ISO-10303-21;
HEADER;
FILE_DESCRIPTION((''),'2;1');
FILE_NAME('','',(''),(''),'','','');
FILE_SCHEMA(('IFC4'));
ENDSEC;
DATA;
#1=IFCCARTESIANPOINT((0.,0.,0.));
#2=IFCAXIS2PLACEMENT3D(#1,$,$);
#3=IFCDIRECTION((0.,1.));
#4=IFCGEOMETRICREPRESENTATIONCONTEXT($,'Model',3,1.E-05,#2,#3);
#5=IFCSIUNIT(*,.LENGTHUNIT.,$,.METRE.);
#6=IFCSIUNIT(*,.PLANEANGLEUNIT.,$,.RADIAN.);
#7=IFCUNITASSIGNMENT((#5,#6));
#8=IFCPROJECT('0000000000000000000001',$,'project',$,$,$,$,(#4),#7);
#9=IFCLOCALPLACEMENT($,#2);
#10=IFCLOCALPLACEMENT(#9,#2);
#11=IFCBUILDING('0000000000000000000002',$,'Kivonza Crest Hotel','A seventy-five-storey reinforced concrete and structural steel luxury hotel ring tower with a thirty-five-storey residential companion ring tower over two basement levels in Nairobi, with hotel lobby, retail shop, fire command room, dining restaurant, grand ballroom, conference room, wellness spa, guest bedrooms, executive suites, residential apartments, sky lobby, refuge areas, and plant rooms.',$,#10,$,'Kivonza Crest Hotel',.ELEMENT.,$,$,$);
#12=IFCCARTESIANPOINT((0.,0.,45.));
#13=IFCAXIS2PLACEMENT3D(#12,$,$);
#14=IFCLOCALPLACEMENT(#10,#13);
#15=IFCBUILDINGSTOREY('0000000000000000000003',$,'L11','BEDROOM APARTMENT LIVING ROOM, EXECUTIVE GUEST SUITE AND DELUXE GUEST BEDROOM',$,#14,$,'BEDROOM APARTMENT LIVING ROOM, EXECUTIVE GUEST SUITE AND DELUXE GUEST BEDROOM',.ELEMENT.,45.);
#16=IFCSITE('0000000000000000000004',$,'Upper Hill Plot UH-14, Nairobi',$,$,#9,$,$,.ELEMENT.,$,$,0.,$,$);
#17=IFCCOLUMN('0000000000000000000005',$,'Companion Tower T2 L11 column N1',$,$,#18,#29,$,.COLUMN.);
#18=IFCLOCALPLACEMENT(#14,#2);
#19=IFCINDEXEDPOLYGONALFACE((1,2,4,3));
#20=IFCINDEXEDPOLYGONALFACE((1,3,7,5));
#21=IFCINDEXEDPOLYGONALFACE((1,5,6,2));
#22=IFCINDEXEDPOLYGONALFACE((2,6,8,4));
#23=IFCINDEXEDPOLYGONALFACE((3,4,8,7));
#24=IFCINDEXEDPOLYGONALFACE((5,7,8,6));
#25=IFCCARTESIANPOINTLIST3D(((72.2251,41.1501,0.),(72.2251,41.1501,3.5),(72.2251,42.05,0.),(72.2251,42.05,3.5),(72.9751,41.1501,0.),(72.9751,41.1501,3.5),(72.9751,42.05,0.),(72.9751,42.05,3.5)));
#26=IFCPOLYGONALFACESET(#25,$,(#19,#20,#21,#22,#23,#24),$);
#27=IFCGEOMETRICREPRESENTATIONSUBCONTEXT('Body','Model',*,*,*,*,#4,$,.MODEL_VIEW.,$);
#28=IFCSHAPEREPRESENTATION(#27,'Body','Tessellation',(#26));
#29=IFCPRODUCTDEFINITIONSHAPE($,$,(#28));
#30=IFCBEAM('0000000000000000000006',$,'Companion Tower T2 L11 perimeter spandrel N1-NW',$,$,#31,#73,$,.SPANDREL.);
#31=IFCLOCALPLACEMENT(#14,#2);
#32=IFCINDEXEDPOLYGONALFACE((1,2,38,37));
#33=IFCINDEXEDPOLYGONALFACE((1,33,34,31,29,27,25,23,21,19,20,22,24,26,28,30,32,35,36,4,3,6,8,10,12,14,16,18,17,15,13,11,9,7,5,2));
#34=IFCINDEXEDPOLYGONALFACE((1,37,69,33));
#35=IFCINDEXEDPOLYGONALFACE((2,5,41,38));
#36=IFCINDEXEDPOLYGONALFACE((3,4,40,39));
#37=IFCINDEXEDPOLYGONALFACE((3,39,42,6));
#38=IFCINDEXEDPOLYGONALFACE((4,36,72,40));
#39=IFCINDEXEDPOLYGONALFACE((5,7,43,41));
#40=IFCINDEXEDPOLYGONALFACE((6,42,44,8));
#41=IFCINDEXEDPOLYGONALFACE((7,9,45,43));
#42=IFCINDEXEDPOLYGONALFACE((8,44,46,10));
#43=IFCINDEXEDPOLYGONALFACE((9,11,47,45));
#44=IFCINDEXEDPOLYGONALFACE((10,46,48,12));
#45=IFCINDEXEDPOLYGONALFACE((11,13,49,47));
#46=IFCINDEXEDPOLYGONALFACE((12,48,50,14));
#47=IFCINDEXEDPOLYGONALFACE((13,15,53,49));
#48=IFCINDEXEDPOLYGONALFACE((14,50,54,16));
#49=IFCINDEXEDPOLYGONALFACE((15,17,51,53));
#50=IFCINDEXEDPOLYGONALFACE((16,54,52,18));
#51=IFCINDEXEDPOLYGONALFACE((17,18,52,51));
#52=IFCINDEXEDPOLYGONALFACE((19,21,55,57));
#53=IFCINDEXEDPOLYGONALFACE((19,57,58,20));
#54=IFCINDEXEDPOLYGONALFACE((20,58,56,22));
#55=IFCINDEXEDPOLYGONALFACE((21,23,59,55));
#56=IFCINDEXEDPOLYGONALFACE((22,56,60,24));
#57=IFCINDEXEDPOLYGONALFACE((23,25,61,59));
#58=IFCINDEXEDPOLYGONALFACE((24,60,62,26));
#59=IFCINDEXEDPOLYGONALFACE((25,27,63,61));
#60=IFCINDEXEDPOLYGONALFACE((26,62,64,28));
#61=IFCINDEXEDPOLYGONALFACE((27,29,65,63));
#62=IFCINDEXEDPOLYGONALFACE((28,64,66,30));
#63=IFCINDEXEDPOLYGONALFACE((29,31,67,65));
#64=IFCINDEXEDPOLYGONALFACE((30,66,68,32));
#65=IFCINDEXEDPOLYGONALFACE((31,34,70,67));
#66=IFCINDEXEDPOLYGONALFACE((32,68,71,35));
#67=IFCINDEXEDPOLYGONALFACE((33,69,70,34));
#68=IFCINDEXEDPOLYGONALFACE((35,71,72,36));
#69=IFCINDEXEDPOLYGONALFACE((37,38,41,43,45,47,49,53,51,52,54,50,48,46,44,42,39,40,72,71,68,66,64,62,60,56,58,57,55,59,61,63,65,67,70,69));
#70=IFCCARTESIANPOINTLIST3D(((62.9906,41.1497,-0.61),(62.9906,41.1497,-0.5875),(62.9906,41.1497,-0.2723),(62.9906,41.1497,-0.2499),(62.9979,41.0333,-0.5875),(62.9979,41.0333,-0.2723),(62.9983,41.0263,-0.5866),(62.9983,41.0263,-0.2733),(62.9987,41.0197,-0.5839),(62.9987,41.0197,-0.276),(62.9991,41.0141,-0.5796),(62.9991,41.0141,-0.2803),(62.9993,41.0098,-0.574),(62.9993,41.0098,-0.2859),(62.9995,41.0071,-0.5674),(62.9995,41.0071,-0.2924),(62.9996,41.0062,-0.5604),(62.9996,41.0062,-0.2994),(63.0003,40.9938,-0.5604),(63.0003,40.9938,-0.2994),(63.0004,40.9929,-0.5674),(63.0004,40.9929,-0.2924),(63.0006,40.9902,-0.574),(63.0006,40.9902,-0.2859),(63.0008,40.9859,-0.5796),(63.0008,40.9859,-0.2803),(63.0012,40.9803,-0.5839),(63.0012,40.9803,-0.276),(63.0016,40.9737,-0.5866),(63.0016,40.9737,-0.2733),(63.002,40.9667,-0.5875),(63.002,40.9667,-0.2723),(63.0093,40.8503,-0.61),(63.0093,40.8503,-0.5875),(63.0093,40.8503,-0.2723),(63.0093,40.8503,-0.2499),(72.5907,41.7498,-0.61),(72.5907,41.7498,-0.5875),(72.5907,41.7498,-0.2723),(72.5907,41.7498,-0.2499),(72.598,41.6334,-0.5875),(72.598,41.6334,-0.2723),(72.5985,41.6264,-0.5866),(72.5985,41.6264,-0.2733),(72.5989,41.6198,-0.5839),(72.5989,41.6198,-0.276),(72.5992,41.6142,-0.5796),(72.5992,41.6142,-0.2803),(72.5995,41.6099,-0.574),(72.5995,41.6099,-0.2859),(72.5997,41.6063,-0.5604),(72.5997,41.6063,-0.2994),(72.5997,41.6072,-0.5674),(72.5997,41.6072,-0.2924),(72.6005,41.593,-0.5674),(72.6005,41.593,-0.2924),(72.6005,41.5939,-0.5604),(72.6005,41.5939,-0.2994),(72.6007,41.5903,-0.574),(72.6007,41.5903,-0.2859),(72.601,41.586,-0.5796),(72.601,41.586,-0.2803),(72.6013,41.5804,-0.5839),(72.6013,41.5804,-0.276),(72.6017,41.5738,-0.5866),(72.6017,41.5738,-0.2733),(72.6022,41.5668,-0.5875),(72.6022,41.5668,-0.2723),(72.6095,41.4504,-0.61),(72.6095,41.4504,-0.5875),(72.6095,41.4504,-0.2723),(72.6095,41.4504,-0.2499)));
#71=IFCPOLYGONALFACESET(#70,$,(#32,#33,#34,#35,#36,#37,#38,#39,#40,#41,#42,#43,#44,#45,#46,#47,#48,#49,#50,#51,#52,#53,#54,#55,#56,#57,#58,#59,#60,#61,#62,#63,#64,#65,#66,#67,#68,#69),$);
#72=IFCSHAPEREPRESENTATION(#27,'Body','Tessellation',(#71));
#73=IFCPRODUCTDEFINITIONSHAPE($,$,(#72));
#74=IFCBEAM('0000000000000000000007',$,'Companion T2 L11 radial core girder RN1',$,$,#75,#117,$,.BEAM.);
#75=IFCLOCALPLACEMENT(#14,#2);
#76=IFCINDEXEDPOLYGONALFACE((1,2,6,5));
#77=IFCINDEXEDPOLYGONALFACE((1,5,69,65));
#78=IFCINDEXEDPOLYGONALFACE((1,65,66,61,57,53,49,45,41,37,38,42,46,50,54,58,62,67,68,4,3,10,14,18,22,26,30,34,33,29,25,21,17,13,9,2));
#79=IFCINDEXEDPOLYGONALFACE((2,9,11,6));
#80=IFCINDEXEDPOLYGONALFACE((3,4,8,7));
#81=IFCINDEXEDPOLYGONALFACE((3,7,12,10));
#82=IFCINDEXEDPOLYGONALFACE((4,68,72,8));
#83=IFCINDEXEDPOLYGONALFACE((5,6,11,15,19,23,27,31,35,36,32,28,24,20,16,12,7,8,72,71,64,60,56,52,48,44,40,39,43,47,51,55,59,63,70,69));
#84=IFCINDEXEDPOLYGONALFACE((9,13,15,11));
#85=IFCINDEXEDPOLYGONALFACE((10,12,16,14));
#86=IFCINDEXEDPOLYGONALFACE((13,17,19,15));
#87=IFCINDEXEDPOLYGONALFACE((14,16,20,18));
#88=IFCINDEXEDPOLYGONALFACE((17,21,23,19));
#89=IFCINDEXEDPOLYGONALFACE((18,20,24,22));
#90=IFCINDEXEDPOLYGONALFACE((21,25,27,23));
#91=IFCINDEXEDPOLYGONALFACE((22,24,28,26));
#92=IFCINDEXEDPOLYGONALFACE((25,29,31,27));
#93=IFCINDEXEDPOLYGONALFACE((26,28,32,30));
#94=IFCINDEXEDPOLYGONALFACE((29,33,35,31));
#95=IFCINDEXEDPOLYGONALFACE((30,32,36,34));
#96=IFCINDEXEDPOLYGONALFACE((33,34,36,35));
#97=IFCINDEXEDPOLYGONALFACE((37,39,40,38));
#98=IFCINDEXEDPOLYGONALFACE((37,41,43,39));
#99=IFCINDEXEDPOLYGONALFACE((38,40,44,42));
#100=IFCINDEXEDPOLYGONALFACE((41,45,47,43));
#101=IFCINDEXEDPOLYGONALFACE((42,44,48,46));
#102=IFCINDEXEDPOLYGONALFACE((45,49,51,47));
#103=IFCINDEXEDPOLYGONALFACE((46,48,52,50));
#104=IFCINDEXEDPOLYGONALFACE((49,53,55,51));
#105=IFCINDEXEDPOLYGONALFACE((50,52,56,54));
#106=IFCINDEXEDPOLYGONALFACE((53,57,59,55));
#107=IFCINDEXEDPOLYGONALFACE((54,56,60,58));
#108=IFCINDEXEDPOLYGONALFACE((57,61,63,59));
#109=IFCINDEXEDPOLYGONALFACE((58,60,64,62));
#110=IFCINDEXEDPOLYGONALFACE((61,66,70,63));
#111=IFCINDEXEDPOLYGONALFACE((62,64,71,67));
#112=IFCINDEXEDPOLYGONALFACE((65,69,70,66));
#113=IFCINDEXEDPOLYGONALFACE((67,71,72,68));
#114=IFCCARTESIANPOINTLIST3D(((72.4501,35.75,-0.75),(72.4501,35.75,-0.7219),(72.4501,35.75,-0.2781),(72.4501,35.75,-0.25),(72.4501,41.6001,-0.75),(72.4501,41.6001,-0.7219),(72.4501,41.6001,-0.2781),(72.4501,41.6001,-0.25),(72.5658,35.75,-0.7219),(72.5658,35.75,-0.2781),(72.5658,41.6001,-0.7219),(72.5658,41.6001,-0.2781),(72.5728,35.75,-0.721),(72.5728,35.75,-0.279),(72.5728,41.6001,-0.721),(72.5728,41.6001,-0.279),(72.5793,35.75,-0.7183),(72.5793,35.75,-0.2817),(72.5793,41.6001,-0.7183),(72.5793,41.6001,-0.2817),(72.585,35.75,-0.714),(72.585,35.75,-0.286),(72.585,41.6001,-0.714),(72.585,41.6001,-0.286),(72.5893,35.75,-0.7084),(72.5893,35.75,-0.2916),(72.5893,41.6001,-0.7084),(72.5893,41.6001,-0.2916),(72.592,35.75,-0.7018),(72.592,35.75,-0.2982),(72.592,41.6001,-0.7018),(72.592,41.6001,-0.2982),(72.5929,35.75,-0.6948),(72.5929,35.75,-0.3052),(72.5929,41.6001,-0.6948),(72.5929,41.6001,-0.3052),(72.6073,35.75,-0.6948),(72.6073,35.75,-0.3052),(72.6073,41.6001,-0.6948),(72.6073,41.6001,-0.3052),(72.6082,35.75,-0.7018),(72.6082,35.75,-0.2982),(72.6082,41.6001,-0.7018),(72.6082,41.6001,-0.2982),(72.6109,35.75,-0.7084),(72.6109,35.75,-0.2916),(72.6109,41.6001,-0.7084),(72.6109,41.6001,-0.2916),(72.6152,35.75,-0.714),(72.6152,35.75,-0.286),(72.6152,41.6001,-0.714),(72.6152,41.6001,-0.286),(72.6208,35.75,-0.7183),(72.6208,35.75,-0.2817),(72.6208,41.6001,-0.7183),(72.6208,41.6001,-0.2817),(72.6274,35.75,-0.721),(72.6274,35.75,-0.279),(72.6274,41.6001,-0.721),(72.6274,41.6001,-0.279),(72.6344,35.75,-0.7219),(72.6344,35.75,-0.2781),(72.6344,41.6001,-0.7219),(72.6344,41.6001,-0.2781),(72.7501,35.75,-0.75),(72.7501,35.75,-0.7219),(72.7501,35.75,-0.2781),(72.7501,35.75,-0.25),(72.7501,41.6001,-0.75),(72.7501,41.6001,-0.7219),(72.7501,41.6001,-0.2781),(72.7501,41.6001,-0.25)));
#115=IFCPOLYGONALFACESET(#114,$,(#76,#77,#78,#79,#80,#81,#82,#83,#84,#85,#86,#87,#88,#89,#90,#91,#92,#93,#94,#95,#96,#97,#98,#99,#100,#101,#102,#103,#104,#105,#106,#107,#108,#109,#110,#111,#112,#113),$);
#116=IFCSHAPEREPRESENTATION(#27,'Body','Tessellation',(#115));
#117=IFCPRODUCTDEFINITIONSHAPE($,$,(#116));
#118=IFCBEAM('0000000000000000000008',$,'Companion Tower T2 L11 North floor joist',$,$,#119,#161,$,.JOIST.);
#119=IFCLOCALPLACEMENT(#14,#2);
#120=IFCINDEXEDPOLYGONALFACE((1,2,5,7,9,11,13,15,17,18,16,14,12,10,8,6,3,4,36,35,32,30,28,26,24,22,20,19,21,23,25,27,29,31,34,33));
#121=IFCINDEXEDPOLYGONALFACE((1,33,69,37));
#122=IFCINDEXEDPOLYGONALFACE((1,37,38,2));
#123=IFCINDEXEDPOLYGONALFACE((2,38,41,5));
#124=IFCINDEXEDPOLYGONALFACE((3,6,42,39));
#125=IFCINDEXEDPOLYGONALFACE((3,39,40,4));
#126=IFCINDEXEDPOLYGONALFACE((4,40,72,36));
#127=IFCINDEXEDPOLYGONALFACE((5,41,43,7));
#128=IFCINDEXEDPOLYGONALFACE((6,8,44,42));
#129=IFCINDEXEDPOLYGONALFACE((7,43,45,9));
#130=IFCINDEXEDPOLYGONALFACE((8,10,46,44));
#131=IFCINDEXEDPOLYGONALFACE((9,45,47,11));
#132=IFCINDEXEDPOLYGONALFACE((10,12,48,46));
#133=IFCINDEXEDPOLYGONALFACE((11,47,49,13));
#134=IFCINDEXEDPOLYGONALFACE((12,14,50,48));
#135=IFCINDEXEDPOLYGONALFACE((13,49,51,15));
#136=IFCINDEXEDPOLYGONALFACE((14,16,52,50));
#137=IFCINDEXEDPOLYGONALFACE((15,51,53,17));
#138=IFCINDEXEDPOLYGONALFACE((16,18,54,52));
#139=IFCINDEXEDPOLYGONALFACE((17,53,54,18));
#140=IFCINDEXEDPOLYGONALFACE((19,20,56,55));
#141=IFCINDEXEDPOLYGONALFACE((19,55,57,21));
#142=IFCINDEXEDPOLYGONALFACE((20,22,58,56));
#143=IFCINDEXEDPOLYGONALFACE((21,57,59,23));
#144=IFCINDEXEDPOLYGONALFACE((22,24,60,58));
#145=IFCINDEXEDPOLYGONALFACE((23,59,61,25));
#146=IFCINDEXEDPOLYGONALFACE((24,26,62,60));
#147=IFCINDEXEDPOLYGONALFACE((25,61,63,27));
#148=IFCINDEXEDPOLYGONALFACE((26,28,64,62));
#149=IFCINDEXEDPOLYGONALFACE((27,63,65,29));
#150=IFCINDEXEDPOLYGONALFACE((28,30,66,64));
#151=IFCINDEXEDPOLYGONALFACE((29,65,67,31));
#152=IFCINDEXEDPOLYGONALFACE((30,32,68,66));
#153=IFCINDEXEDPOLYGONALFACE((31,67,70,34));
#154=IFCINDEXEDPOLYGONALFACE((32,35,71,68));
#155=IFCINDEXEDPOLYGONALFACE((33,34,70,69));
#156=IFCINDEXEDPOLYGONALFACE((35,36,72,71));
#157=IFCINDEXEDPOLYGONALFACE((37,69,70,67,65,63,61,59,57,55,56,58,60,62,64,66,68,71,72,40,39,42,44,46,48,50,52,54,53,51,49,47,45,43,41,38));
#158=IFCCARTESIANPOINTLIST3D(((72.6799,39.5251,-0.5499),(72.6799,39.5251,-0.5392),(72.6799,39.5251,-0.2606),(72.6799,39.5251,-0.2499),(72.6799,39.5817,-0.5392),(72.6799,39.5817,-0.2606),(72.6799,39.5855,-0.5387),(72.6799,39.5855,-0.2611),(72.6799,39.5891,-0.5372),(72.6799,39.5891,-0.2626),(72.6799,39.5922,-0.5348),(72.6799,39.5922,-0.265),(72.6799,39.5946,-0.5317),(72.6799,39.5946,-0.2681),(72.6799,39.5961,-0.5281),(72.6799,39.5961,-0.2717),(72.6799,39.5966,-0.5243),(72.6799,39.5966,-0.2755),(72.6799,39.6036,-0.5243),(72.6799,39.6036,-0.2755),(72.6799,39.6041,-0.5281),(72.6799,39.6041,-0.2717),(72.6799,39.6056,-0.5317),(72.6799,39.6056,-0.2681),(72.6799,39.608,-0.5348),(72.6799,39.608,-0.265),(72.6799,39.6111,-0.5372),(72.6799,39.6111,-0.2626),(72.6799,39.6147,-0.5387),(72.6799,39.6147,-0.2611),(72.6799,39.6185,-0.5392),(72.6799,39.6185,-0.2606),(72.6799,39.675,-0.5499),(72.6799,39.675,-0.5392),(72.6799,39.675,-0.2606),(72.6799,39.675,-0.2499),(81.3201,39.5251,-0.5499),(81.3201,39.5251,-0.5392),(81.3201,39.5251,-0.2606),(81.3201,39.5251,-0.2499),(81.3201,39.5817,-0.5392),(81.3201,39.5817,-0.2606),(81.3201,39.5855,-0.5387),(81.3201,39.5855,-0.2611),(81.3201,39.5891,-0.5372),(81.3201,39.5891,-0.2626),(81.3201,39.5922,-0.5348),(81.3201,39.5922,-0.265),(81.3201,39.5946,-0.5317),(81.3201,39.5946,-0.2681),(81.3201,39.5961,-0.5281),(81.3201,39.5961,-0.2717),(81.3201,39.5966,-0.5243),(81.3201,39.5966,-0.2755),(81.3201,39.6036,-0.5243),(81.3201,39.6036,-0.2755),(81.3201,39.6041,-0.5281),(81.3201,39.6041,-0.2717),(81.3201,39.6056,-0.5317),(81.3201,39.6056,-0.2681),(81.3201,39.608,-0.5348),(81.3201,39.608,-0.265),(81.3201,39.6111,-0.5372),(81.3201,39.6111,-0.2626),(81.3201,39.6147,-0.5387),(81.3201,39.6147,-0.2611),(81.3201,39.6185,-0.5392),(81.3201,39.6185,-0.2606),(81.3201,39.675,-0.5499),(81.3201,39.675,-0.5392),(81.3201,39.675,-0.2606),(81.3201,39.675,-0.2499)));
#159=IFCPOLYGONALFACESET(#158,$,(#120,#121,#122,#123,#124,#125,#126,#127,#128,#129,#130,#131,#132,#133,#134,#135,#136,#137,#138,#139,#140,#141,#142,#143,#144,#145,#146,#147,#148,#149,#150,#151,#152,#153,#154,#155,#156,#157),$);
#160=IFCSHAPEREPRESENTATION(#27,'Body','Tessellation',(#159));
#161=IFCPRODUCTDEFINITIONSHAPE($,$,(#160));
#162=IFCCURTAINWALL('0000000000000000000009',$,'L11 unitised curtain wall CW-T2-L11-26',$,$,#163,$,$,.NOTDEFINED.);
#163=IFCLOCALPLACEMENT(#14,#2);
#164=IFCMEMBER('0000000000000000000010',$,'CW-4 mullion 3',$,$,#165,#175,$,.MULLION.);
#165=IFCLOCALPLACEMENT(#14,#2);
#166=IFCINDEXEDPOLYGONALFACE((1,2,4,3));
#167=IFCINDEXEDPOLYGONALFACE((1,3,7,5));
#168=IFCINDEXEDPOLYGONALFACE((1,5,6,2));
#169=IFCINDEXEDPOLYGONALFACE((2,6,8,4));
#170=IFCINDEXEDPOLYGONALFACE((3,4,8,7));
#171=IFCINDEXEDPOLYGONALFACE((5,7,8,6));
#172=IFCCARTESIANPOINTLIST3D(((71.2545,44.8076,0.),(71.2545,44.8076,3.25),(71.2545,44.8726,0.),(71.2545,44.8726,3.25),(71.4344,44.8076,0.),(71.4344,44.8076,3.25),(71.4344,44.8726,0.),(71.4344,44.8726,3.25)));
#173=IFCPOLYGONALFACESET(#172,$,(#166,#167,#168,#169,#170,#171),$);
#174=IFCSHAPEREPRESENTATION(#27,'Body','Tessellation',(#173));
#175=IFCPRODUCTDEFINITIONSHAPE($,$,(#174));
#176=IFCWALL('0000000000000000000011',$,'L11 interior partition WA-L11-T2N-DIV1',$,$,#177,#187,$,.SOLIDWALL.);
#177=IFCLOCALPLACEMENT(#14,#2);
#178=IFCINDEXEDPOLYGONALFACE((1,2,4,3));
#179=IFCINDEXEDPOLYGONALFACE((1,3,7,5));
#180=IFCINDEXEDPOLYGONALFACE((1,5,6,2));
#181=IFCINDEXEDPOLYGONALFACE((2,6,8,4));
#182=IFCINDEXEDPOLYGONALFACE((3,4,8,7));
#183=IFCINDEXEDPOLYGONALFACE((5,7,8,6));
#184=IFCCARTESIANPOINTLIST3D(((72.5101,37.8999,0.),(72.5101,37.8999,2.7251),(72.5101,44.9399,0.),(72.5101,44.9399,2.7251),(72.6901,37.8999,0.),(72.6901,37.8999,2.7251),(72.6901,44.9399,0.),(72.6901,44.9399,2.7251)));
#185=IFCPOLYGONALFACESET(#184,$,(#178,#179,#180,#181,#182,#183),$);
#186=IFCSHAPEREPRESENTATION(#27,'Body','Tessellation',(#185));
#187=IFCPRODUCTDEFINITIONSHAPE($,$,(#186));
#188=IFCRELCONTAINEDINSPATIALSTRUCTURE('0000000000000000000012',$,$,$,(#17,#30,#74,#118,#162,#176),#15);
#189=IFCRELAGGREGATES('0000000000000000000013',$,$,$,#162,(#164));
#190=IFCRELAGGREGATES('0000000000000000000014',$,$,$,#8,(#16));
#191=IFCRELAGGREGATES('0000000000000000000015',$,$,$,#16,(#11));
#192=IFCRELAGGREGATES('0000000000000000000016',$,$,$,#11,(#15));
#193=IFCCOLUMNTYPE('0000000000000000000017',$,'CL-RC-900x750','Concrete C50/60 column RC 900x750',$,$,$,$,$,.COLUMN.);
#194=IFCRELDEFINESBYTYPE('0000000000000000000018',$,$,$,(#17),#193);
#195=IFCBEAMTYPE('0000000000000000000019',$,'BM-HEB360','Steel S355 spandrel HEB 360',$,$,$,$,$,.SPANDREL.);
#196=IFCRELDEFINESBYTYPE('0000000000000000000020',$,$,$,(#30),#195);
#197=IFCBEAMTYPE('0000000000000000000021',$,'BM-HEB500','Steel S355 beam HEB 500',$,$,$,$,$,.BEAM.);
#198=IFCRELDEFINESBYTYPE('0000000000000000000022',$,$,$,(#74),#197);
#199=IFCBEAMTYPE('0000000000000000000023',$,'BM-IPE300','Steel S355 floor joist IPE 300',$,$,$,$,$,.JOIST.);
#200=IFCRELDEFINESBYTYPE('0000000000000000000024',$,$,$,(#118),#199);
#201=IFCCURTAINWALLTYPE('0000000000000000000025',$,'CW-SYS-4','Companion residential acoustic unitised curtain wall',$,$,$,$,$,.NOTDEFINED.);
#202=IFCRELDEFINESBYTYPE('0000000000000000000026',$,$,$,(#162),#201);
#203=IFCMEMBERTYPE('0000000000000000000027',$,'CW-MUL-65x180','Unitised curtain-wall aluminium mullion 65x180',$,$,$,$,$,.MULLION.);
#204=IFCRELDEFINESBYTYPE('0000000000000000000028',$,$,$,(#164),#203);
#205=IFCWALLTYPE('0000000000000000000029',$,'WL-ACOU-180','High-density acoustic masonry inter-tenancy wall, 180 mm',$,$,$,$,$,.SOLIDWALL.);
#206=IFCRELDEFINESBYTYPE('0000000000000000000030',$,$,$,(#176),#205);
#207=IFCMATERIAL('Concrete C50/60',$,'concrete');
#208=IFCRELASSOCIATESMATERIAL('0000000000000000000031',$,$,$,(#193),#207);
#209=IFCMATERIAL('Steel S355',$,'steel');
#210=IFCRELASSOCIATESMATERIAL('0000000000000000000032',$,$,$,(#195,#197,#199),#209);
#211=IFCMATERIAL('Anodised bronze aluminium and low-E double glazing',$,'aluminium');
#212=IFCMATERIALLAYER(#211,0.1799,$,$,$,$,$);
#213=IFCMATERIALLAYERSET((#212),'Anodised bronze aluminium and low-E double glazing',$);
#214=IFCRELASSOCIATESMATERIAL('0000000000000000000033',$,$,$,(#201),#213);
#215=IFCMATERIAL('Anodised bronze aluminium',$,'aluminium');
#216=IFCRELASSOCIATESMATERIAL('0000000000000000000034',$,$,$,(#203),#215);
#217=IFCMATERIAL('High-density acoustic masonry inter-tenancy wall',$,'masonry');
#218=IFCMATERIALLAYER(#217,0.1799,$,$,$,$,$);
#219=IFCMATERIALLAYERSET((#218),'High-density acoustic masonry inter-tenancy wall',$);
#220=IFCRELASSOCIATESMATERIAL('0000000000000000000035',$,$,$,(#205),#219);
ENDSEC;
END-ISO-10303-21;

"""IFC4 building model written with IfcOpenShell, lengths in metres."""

from ifc_helpers import new_model, si_unit, direction, frame, frame_2d, origin, origin_2d, place, context, subcontext, project, spatial, rectangle, i_section, extrude, material, layer, layer_set, material_profile, profile_set, type_object, element, aggregate, save


model = new_model("IFC4")

# Units and contexts
model_context = context("Model", 3, precision=1e-05, world=origin(), true_north=direction((0.0, 1.0)))
body_context = subcontext(model_context, "Body", "Model", "MODEL_VIEW")
ifc_project = project(units=[si_unit("LENGTHUNIT", "METRE"), si_unit("PLANEANGLEUNIT", "RADIAN")], contexts=[model_context])

# Site, building, storey
site_placement = place(None, origin())
site = spatial("IfcSite", under=ifc_project, at=site_placement, Name="Upper Hill Plot UH-14, Nairobi", CompositionType="ELEMENT", RefElevation=0.0)
building_placement = place(site_placement, origin())
building = spatial("IfcBuilding", under=site, at=building_placement, Name="Kivonza Crest Hotel", Description="A seventy-five-storey reinforced concrete and structural steel luxury hotel ring tower with a thirty-five-storey residential companion ring tower over two basement levels in Nairobi, with hotel lobby, retail shop, fire command room, dining restaurant, grand ballroom, conference room, wellness spa, guest bedrooms, executive suites, residential apartments, sky lobby, refuge areas, and plant rooms.", LongName="Kivonza Crest Hotel", CompositionType="ELEMENT")
storey_placement = place(building_placement, frame((0.0, 0.0, 45.0)))
storey = spatial("IfcBuildingStorey", under=building, at=storey_placement, Name="L11", Description="BEDROOM APARTMENT LIVING ROOM, EXECUTIVE GUEST SUITE AND DELUXE GUEST BEDROOM", LongName="BEDROOM APARTMENT LIVING ROOM, EXECUTIVE GUEST SUITE AND DELUXE GUEST BEDROOM", CompositionType="ELEMENT", Elevation=45.0)

# Column
ifc_material_1 = material(Name="Concrete C50/60", Category="concrete")
ifc_material_profile_1 = material_profile(ifc_material_1, rectangle(XDim=0.75, YDim=0.8999, at=origin_2d()), Name="RC 900x750")
ifc_profile_set_1 = profile_set([ifc_material_profile_1], Name="Concrete C50/60")
column_type = type_object("IfcColumnType", Name="CL-RC-900x750", Description="Concrete C50/60 column RC 900x750", PredefinedType="COLUMN", material=ifc_profile_set_1)
column_placement = place(storey_placement, frame((72.6001, 41.6001, 0.0), z_axis=(0.0, 0.0, 1.0), x_axis=(1.0, 0.0, 0.0)))
element("IfcColumn", 1, at=column_placement, inside=storey, type_object=column_type, Name="Companion Tower T2 L11 column N1", PredefinedType="COLUMN", context=body_context, shape_type="SweptSolid", body=[
    extrude(rectangle(XDim=0.75, YDim=0.8999, at=origin_2d()), origin(), (0.0, 0.0, 1.0), 3.5),
])

# Beams
ifc_material_2 = material(Name="Steel S355", Category="steel")
ifc_material_profile_2 = material_profile(ifc_material_2, i_section(OverallWidth=0.3, OverallDepth=0.3601, WebThickness=0.0125, FlangeThickness=0.0225, FilletRadius=0.0271, at=origin_2d()), Name="HEB 360")
ifc_profile_set_2 = profile_set([ifc_material_profile_2], Name="Steel S355")
beam_type_1 = type_object("IfcBeamType", Name="BM-HEB360", Description="Steel S355 spandrel HEB 360", PredefinedType="SPANDREL", material=ifc_profile_set_2)
beam_1_placement = place(storey_placement, frame((72.6001, 41.6001, -0.4299), z_axis=(-0.998052, -0.062388, 0.0), x_axis=(0.062388, -0.998052, 0.0)))
element("IfcBeam", 2, at=beam_1_placement, inside=storey, type_object=beam_type_1, Name="Companion Tower T2 L11 perimeter spandrel N1-NW", PredefinedType="SPANDREL", context=body_context, shape_type="SweptSolid", body=[
    extrude(i_section(OverallWidth=0.3, OverallDepth=0.3601, WebThickness=0.0125, FlangeThickness=0.0225, FilletRadius=0.0271, at=origin_2d()), origin(), (0.0, 0.0, 1.0), 9.6189),
])
ifc_material_profile_3 = material_profile(ifc_material_2, i_section(OverallWidth=0.3, OverallDepth=0.5, WebThickness=0.0144, FlangeThickness=0.0281, FilletRadius=0.0271, at=origin_2d()), Name="HEB 500")
ifc_profile_set_3 = profile_set([ifc_material_profile_3], Name="Steel S355")
beam_type_2 = type_object("IfcBeamType", Name="BM-HEB500", Description="Steel S355 beam HEB 500", PredefinedType="BEAM", material=ifc_profile_set_3)
beam_2_placement = place(storey_placement, frame((72.6001, 41.6001, -0.5), z_axis=(0.0, -1.0, 0.0), x_axis=(1.0, 0.0, 0.0)))
element("IfcBeam", 3, at=beam_2_placement, inside=storey, type_object=beam_type_2, Name="Companion T2 L11 radial core girder RN1", PredefinedType="BEAM", context=body_context, shape_type="SweptSolid", body=[
    extrude(i_section(OverallWidth=0.3, OverallDepth=0.5, WebThickness=0.0144, FlangeThickness=0.0281, FilletRadius=0.0271, at=origin_2d()), origin(), (0.0, 0.0, 1.0), 5.8501),
])
ifc_material_profile_4 = material_profile(ifc_material_2, i_section(OverallWidth=0.1499, OverallDepth=0.3, WebThickness=0.0071, FlangeThickness=0.0107, FilletRadius=0.0149, at=origin_2d()), Name="IPE 300")
ifc_profile_set_4 = profile_set([ifc_material_profile_4], Name="Steel S355")
beam_type_3 = type_object("IfcBeamType", Name="BM-IPE300", Description="Steel S355 floor joist IPE 300", PredefinedType="JOIST", material=ifc_profile_set_4)
beam_3_placement = place(storey_placement, frame((72.6799, 39.6001, -0.3999), z_axis=(1.0, 0.0, 0.0), x_axis=(0.0, 1.0, 0.0)))
element("IfcBeam", 4, at=beam_3_placement, inside=storey, type_object=beam_type_3, Name="Companion Tower T2 L11 North floor joist", PredefinedType="JOIST", context=body_context, shape_type="SweptSolid", body=[
    extrude(i_section(OverallWidth=0.1499, OverallDepth=0.3, WebThickness=0.0071, FlangeThickness=0.0107, FilletRadius=0.0149, at=origin_2d()), origin(), (0.0, 0.0, 1.0), 8.6401),
])

# Curtain wall, member
ifc_material_3 = material(Name="Anodised bronze aluminium and low-E double glazing", Category="aluminium")
ifc_layer_1 = layer(ifc_material_3, 0.1799)
ifc_layer_set_1 = layer_set([ifc_layer_1], Name="Anodised bronze aluminium and low-E double glazing")
curtain_wall_type = type_object("IfcCurtainWallType", Name="CW-SYS-4", Description="Companion residential acoustic unitised curtain wall", PredefinedType="NOTDEFINED", material=ifc_layer_set_1)
curtain_wall_placement = place(storey_placement, origin())
curtain_wall = element("IfcCurtainWall", 5, at=curtain_wall_placement, inside=storey, type_object=curtain_wall_type, Name="L11 unitised curtain wall CW-T2-L11-26", PredefinedType="NOTDEFINED")
ifc_material_4 = material(Name="Anodised bronze aluminium", Category="aluminium")
ifc_material_profile_5 = material_profile(ifc_material_4, rectangle(XDim=0.0649, YDim=0.1799, at=origin_2d()), Name="CW-M 65x180")
ifc_profile_set_5 = profile_set([ifc_material_profile_5], Name="Anodised bronze aluminium")
member_type = type_object("IfcMemberType", Name="CW-MUL-65x180", Description="Unitised curtain-wall aluminium mullion 65x180", PredefinedType="MULLION", material=ifc_profile_set_5)
member_placement = place(storey_placement, frame((71.3445, 44.8401, 0.0), z_axis=(0.0, 0.0, 1.0), x_axis=(0.0, -1.0, 0.0)))
member = element("IfcMember", 6, at=member_placement, type_object=member_type, Name="CW-4 mullion 3", PredefinedType="MULLION", context=body_context, shape_type="SweptSolid", body=[
    extrude(rectangle(XDim=0.0649, YDim=0.1799, at=origin_2d()), origin(), (0.0, 0.0, 1.0), 3.25),
])
aggregate(curtain_wall, [member])

# Wall
ifc_material_5 = material(Name="High-density acoustic masonry inter-tenancy wall", Category="masonry")
ifc_layer_2 = layer(ifc_material_5, 0.1799)
ifc_layer_set_2 = layer_set([ifc_layer_2], Name="High-density acoustic masonry inter-tenancy wall")
wall_type_1 = type_object("IfcWallType", Name="WL-ACOU-180", Description="High-density acoustic masonry inter-tenancy wall, 180 mm", PredefinedType="SOLIDWALL", material=ifc_layer_set_2)
wall_1_placement = place(storey_placement, frame((72.6001, 37.8999, 0.0), z_axis=(0.0, 0.0, 1.0), x_axis=(0.0, 1.0, 0.0)))
element("IfcWall", 7, at=wall_1_placement, inside=storey, type_object=wall_type_1, Name="L11 interior partition WA-L11-T2N-DIV1", PredefinedType="SOLIDWALL", context=body_context, shape_type="SweptSolid", body=[
    extrude(rectangle(XDim=7.04, YDim=0.1799, at=frame_2d((3.52, 0.0))), origin(), (0.0, 0.0, 1.0), 2.7251),
])

save(model, "model.ifc")
